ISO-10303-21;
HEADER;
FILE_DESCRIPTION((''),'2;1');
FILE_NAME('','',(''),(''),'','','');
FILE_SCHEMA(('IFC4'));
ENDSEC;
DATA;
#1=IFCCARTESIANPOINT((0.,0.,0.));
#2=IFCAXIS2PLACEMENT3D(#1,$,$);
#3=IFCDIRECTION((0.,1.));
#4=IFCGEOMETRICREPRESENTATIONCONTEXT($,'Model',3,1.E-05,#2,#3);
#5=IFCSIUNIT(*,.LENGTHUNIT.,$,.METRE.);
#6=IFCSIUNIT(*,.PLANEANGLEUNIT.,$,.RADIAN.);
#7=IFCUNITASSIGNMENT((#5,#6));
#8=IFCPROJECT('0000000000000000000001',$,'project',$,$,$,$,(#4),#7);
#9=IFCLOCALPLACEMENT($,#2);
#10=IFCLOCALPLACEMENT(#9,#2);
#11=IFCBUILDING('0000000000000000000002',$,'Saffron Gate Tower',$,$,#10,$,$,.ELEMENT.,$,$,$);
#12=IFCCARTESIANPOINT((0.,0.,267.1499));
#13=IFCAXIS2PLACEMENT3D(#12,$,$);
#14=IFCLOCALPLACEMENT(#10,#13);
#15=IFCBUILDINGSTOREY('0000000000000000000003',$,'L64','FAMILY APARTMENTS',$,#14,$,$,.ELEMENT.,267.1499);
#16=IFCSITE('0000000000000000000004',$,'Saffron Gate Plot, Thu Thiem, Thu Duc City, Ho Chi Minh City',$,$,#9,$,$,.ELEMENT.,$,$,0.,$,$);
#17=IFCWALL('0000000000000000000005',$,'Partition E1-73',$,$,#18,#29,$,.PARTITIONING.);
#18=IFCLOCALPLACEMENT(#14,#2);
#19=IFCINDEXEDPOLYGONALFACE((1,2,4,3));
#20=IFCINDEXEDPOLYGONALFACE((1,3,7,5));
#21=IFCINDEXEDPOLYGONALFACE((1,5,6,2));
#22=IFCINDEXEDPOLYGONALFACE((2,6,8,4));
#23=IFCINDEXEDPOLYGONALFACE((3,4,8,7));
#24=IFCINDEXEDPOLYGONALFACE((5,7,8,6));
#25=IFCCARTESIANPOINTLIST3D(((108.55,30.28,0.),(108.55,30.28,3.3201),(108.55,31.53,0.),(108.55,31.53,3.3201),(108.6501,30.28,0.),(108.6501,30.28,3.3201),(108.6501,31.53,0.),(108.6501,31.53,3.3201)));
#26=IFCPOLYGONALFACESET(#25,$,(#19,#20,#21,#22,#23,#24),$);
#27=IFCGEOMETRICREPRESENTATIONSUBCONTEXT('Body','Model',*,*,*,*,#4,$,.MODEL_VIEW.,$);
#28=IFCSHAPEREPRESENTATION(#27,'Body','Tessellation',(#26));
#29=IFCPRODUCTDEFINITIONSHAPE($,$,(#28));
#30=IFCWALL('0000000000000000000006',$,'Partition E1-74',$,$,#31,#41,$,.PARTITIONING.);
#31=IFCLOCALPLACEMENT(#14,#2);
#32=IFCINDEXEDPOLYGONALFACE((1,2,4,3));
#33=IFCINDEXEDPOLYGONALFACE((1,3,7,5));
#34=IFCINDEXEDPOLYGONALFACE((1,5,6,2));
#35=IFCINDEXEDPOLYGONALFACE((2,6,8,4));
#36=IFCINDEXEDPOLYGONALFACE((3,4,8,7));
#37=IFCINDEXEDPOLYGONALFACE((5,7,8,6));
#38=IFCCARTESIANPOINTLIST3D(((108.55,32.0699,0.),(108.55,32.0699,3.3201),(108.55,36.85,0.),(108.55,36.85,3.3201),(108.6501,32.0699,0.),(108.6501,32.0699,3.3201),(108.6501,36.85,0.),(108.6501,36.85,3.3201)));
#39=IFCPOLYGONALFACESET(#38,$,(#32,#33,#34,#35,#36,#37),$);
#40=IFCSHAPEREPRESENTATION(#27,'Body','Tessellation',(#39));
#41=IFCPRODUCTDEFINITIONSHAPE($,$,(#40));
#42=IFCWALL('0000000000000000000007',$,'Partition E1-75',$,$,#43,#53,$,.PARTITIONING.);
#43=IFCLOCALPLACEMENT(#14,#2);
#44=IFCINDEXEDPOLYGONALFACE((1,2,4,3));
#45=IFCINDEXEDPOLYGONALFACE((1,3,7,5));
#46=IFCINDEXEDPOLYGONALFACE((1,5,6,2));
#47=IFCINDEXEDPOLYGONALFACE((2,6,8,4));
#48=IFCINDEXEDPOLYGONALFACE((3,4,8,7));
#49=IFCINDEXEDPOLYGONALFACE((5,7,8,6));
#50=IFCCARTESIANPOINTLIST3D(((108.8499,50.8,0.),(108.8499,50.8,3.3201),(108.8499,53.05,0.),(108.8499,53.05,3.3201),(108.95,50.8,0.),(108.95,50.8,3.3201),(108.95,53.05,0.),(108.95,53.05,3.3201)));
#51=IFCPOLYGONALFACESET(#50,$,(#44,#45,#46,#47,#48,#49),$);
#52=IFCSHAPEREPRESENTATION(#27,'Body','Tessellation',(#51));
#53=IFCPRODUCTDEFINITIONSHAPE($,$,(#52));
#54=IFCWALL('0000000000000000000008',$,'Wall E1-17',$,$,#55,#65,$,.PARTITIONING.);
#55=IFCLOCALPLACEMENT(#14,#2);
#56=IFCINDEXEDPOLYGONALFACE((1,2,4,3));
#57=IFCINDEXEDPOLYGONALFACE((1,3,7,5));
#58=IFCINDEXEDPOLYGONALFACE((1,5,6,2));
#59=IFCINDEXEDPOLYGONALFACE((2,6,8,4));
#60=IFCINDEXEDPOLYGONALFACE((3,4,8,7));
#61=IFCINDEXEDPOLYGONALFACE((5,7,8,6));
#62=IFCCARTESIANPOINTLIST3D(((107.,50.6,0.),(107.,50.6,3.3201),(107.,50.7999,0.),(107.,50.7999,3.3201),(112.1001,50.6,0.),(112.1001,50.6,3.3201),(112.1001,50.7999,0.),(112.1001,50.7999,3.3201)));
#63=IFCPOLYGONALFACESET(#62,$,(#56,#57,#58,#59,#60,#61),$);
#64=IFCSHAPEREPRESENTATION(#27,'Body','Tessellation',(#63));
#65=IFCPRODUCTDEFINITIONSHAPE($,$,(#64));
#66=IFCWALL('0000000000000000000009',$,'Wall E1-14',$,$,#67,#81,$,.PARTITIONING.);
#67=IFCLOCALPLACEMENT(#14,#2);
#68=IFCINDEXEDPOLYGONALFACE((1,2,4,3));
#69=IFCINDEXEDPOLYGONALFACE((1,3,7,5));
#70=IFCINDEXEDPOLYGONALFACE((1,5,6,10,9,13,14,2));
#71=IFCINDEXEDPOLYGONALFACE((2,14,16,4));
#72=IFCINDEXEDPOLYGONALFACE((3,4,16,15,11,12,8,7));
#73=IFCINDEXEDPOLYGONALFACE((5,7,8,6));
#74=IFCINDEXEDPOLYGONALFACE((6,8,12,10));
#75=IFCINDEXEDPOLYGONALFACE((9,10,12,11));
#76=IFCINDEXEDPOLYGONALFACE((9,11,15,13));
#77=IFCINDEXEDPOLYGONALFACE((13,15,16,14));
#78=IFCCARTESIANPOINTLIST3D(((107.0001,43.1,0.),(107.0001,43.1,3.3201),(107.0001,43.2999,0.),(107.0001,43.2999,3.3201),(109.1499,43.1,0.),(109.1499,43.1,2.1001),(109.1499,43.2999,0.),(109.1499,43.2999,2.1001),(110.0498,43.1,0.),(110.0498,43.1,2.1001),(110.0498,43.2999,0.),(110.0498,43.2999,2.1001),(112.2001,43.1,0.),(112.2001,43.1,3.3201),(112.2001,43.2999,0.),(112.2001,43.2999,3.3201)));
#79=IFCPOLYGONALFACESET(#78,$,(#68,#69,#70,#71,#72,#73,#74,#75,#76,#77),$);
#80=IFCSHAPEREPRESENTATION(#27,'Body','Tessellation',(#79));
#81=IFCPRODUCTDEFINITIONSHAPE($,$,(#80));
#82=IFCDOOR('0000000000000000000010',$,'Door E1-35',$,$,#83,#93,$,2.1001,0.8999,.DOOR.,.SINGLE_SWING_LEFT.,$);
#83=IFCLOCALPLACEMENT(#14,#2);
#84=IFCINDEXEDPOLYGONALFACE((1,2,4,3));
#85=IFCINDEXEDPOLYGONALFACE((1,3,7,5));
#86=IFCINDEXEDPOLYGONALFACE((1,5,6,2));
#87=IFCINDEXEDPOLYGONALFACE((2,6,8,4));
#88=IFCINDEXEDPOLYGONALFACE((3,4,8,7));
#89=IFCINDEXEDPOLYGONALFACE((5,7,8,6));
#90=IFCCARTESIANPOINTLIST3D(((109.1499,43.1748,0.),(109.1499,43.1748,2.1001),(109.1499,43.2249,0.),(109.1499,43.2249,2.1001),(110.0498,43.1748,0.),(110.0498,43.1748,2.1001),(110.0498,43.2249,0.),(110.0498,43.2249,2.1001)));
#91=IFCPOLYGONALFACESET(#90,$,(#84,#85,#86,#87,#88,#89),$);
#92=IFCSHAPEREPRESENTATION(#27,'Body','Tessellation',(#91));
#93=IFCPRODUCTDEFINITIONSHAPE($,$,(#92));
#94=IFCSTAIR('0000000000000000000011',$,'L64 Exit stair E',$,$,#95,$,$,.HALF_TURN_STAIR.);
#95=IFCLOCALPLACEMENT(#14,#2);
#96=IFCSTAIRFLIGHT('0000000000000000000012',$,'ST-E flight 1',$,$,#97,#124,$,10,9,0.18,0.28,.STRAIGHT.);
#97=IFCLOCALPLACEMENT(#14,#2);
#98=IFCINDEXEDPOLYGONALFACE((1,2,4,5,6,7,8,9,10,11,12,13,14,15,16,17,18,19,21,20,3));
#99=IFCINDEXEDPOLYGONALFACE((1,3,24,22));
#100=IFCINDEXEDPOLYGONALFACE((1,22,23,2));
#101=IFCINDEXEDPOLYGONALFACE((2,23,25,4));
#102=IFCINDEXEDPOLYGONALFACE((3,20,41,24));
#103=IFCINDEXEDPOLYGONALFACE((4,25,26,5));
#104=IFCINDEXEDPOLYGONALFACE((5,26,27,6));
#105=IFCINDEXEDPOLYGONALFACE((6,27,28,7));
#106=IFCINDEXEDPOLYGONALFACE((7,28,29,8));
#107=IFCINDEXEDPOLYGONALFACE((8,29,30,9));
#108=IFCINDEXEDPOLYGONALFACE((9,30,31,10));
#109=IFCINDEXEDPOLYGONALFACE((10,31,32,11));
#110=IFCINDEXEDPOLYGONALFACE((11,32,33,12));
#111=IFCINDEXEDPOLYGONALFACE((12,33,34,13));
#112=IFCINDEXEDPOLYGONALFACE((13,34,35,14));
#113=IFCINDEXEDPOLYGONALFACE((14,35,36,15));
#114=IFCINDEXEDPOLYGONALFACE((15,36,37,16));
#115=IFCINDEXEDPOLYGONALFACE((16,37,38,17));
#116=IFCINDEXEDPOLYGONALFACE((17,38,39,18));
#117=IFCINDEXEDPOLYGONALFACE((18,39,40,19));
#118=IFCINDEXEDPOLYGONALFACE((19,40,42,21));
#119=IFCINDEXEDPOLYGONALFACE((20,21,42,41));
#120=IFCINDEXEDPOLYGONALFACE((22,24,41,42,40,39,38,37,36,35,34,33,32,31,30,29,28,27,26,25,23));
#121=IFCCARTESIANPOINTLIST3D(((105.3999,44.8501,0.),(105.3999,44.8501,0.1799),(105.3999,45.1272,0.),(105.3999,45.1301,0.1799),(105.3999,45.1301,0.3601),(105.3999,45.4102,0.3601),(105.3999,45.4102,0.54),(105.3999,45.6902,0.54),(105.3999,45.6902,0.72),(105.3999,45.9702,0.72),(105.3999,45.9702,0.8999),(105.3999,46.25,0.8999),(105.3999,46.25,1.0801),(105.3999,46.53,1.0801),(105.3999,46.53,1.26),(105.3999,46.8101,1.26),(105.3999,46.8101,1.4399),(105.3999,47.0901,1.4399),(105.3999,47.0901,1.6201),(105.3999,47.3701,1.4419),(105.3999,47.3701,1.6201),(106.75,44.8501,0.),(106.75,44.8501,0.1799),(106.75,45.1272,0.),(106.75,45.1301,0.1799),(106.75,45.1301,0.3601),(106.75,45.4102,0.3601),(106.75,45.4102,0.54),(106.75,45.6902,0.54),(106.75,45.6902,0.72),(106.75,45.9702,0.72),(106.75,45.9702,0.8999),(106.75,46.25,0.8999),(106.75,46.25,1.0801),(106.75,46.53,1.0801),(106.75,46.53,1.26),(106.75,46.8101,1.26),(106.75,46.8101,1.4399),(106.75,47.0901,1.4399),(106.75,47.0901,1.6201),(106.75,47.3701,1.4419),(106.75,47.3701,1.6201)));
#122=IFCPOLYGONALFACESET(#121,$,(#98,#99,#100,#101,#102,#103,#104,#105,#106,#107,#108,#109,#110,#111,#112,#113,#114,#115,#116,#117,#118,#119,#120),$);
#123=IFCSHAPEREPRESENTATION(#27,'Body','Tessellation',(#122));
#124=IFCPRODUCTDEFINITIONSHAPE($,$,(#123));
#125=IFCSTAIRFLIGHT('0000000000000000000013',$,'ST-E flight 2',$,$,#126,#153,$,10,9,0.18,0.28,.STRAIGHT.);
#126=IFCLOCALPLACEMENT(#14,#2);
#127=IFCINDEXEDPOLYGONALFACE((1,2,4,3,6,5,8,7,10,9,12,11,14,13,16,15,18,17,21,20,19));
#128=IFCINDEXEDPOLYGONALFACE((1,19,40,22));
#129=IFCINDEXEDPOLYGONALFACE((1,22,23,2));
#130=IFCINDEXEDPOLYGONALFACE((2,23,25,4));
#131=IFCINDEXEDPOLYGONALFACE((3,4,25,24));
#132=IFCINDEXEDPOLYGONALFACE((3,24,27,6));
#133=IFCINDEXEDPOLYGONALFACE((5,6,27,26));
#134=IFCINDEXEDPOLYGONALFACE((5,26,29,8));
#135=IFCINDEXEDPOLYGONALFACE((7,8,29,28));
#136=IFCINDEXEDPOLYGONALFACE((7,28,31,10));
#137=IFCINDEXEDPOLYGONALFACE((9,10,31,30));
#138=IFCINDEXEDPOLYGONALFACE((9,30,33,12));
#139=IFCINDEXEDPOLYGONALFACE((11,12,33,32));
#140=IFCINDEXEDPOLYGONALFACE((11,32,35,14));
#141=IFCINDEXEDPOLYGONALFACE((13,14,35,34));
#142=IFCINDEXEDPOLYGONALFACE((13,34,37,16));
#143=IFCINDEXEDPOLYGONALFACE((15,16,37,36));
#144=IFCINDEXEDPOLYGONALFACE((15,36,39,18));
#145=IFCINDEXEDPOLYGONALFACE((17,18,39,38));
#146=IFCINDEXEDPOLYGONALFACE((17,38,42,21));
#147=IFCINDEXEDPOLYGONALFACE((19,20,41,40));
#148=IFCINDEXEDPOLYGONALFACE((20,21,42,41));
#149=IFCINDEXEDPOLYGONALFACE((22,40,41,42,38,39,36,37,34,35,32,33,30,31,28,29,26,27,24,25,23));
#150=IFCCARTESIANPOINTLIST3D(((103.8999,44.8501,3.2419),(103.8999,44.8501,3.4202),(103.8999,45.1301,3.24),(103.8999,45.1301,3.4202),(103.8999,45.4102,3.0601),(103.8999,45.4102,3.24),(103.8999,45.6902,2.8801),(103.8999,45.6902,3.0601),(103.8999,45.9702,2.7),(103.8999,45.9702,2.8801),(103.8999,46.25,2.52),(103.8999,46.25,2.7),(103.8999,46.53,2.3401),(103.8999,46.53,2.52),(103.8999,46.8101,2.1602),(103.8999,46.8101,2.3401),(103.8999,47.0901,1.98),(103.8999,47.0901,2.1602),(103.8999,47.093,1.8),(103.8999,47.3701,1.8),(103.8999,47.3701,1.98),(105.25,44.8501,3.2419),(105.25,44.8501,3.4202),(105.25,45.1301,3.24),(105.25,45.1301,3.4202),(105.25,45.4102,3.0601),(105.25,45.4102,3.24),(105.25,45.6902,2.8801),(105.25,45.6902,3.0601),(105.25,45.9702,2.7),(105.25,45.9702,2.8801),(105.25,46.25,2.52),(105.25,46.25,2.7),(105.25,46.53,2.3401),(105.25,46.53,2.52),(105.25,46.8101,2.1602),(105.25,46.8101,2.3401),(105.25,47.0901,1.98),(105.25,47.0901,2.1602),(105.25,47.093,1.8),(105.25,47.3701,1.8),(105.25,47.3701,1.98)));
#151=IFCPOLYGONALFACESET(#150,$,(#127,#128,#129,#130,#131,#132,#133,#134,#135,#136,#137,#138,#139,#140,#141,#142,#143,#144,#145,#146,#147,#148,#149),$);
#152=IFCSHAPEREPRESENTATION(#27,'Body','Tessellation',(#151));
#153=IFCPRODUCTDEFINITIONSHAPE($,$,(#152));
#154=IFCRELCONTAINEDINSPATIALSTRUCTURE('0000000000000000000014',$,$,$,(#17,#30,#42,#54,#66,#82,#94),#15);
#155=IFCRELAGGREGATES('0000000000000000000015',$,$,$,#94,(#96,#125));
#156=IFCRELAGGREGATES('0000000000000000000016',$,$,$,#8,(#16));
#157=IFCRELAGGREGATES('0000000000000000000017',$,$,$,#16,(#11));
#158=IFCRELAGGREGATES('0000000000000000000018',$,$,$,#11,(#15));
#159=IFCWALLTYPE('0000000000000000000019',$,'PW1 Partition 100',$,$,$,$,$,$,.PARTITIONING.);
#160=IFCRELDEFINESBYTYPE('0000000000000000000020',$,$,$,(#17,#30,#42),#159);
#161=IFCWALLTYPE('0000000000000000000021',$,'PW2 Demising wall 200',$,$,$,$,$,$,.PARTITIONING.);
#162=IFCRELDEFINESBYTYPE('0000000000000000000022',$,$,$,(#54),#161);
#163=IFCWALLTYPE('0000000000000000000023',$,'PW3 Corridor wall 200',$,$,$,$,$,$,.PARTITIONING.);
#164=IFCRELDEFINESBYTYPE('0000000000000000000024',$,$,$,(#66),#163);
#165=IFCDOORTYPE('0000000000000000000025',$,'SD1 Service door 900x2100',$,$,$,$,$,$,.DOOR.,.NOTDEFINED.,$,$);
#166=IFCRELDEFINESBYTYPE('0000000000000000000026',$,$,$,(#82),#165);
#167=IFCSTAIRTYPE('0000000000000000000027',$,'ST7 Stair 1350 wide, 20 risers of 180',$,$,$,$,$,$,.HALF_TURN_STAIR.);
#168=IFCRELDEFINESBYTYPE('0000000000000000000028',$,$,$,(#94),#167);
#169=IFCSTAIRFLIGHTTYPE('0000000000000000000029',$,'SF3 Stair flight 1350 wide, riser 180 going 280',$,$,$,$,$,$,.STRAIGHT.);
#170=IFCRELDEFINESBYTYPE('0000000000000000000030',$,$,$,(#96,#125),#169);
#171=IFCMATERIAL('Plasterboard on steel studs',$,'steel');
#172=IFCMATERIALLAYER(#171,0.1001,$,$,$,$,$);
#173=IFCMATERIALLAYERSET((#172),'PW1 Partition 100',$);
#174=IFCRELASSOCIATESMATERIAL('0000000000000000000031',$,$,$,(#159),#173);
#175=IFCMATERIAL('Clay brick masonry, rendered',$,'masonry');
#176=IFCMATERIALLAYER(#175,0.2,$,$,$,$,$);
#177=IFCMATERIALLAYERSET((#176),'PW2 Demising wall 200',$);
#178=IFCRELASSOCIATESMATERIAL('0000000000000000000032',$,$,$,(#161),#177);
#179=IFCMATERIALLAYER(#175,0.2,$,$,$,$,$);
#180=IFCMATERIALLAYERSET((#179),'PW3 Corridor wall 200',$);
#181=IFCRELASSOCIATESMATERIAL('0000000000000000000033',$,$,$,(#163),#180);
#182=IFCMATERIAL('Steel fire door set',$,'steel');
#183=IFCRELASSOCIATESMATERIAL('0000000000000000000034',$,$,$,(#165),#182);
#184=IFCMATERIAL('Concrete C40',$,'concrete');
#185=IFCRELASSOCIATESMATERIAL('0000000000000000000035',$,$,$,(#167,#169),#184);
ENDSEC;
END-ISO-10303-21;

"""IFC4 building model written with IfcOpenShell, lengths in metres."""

from ifc_helpers import new_model, si_unit, direction, frame, frame_2d, origin, place, context, subcontext, project, spatial, polyline, rectangle, outline, extrude, material, layer, layer_set, type_object, element, fill, aggregate, save


model = new_model("IFC4")

# Units and contexts
model_context = context("Model", 3, precision=1e-05, world=origin(), true_north=direction((0.0, 1.0)))
body_context = subcontext(model_context, "Body", "Model", "MODEL_VIEW")
ifc_project = project(units=[si_unit("LENGTHUNIT", "METRE"), si_unit("PLANEANGLEUNIT", "RADIAN")], contexts=[model_context])

# Site, building, storey
site_placement = place(None, origin())
site = spatial("IfcSite", under=ifc_project, at=site_placement, Name="Saffron Gate Plot, Thu Thiem, Thu Duc City, Ho Chi Minh City", CompositionType="ELEMENT", RefElevation=0.0)
building_placement = place(site_placement, origin())
building = spatial("IfcBuilding", under=site, at=building_placement, Name="Saffron Gate Tower", CompositionType="ELEMENT")
storey_placement = place(building_placement, frame((0.0, 0.0, 267.1499)))
storey = spatial("IfcBuildingStorey", under=building, at=storey_placement, Name="L64", Description="FAMILY APARTMENTS", CompositionType="ELEMENT", Elevation=267.1499)

# Shared definitions
ifc_material_1 = material(Name="Concrete C40", Category="concrete")

# Shared definitions
ifc_material_2 = material(Name="Steel fire door set", Category="steel")

# Shared definitions
ifc_material_3 = material(Name="Plasterboard on steel studs", Category="steel")
ifc_layer_1 = layer(ifc_material_3, 0.1001)
ifc_layer_set_1 = layer_set([ifc_layer_1], Name="PW1 Partition 100")
wall_type_1 = type_object("IfcWallType", Name="PW1 Partition 100", PredefinedType="PARTITIONING", material=ifc_layer_set_1)

# Walls
wall_1_placement = place(storey_placement, frame((108.6001, 31.53, 0.0), z_axis=(0.0, 0.0, 1.0), x_axis=(0.0, -1.0, 0.0)))
element("IfcWall", 1, at=wall_1_placement, inside=storey, type_object=wall_type_1, Name="Partition E1-73", PredefinedType="PARTITIONING", context=body_context, shape_type="SweptSolid", body=[
    extrude(rectangle(XDim=1.25, YDim=0.1001, at=frame_2d((0.625, 0.0))), origin(), (0.0, 0.0, 1.0), 3.3201),
])
wall_2_placement = place(storey_placement, frame((108.6001, 36.8501, 0.0), z_axis=(0.0, 0.0, 1.0), x_axis=(0.0, -1.0, 0.0)))
element("IfcWall", 2, at=wall_2_placement, inside=storey, type_object=wall_type_1, Name="Partition E1-74", PredefinedType="PARTITIONING", context=body_context, shape_type="SweptSolid", body=[
    extrude(rectangle(XDim=4.78, YDim=0.1001, at=frame_2d((2.3901, 0.0))), origin(), (0.0, 0.0, 1.0), 3.3201),
])
wall_3_placement = place(storey_placement, frame((108.8999, 53.05, 0.0), z_axis=(0.0, 0.0, 1.0), x_axis=(0.0, -1.0, 0.0)))
element("IfcWall", 3, at=wall_3_placement, inside=storey, type_object=wall_type_1, Name="Partition E1-75", PredefinedType="PARTITIONING", context=body_context, shape_type="SweptSolid", body=[
    extrude(rectangle(XDim=2.25, YDim=0.1001, at=frame_2d((1.125, 0.0))), origin(), (0.0, 0.0, 1.0), 3.3201),
])
ifc_material_4 = material(Name="Clay brick masonry, rendered", Category="masonry")
ifc_layer_2 = layer(ifc_material_4, 0.2)
ifc_layer_set_2 = layer_set([ifc_layer_2], Name="PW2 Demising wall 200")
wall_type_2 = type_object("IfcWallType", Name="PW2 Demising wall 200", PredefinedType="PARTITIONING", material=ifc_layer_set_2)
wall_4_placement = place(storey_placement, frame((107.0, 50.7, 0.0), z_axis=(0.0, 0.0, 1.0), x_axis=(1.0, 0.0, 0.0)))
element("IfcWall", 4, at=wall_4_placement, inside=storey, type_object=wall_type_2, Name="Wall E1-17", PredefinedType="PARTITIONING", context=body_context, shape_type="SweptSolid", body=[
    extrude(rectangle(XDim=5.1001, YDim=0.2, at=frame_2d((2.55, 0.0))), origin(), (0.0, 0.0, 1.0), 3.3201),
])

# Wall, opening, door
ifc_layer_3 = layer(ifc_material_4, 0.2)
ifc_layer_set_3 = layer_set([ifc_layer_3], Name="PW3 Corridor wall 200")
wall_type_3 = type_object("IfcWallType", Name="PW3 Corridor wall 200", PredefinedType="PARTITIONING", material=ifc_layer_set_3)
wall_5_placement = place(storey_placement, frame((107.0, 43.2, 0.0), z_axis=(0.0, 0.0, 1.0), x_axis=(1.0, 0.0, 0.0)))
wall_5 = element("IfcWall", 5, at=wall_5_placement, inside=storey, type_object=wall_type_3, Name="Wall E1-14", PredefinedType="PARTITIONING", context=body_context, shape_type="SweptSolid", body=[
    extrude(rectangle(XDim=5.2, YDim=0.2, at=frame_2d((2.6001, 0.0))), origin(), (0.0, 0.0, 1.0), 3.3201),
])
opening_1_placement = place(wall_5_placement, frame((2.1499, 0.0, 0.0)))
opening_1 = element("IfcOpeningElement", 6, at=opening_1_placement, cuts=wall_5, PredefinedType="OPENING", context=body_context, shape_type="SweptSolid", body=[
    extrude(rectangle(XDim=0.8999, YDim=2.1001, at=frame_2d((0.45, 1.05))), frame((0.0, 0.1099, 0.0), z_axis=(0.0, -1.0, 0.0), x_axis=(1.0, 0.0, 0.0)), (0.0, 0.0, 1.0), 0.22),
])
door_type_1 = type_object("IfcDoorType", Name="SD1 Service door 900x2100", OperationType="NOTDEFINED", PredefinedType="DOOR", material=ifc_material_2)
door_1_placement = place(opening_1_placement, origin())
door_1 = element("IfcDoor", 7, at=door_1_placement, inside=storey, type_object=door_type_1, Name="Door E1-35", OperationType="SINGLE_SWING_LEFT", OverallHeight=2.1001, OverallWidth=0.8999, PredefinedType="DOOR", context=body_context, shape_type="SweptSolid", body=[
    extrude(rectangle(XDim=0.8999, YDim=2.1001, at=frame_2d((0.45, 1.05))), frame((0.0, 0.0249, 0.0), z_axis=(0.0, -1.0, 0.0), x_axis=(1.0, 0.0, 0.0)), (0.0, 0.0, 1.0), 0.05),
])
fill(opening_1, door_1)

# Stair, stair flights
stair_type = type_object("IfcStairType", Name="ST7 Stair 1350 wide, 20 risers of 180", PredefinedType="HALF_TURN_STAIR", material=ifc_material_1)
stair_placement = place(storey_placement, origin())
stair = element("IfcStair", 8, at=stair_placement, inside=storey, type_object=stair_type, Name="L64 Exit stair E", PredefinedType="HALF_TURN_STAIR")
stair_flight_type = type_object("IfcStairFlightType", Name="SF3 Stair flight 1350 wide, riser 180 going 280", PredefinedType="STRAIGHT", material=ifc_material_1)
stair_flight_1_placement = place(storey_placement, frame((106.075, 44.8501, 0.0), z_axis=(0.0, 0.0, 1.0), x_axis=(0.0, 1.0, 0.0)))
stair_flight_1 = element("IfcStairFlight", 9, at=stair_flight_1_placement, type_object=stair_flight_type, Name="ST-E flight 1", NumberOfRisers=10, NumberOfTreads=9, PredefinedType="STRAIGHT", RiserHeight=0.18, TreadLength=0.28, context=body_context, shape_type="SweptSolid", body=[
    extrude(outline(polyline([(0.0, 0.0), (0.0, 0.1799), (0.28, 0.1799), (0.28, 0.3601), (0.5601, 0.3601), (0.5601, 0.54), (0.8401, 0.54), (0.8401, 0.72), (1.1201, 0.72), (1.1201, 0.8999), (1.3999, 0.8999), (1.3999, 1.0801), (1.6799, 1.0801), (1.6799, 1.26), (1.96, 1.26), (1.96, 1.4399), (2.24, 1.4399), (2.24, 1.6201), (2.52, 1.6201), (2.52, 1.8), (2.52, 1.4419), (0.2771, 0.0), (0.0, 0.0)])), frame((0.0, 0.675, 0.0), z_axis=(0.0, -1.0, 0.0), x_axis=(1.0, 0.0, 0.0)), (0.0, 0.0, 1.0), 1.3501),
])
stair_flight_2_placement = place(storey_placement, frame((104.575, 47.3701, 1.8), z_axis=(0.0, 0.0, 1.0), x_axis=(0.0, -1.0, 0.0)))
stair_flight_2 = element("IfcStairFlight", 10, at=stair_flight_2_placement, type_object=stair_flight_type, Name="ST-E flight 2", NumberOfRisers=10, NumberOfTreads=9, PredefinedType="STRAIGHT", RiserHeight=0.18, TreadLength=0.28, context=body_context, shape_type="SweptSolid", body=[
    extrude(outline(polyline([(0.0, 0.0), (0.0, 0.1799), (0.28, 0.1799), (0.28, 0.3601), (0.5601, 0.3601), (0.5601, 0.54), (0.8401, 0.54), (0.8401, 0.72), (1.1201, 0.72), (1.1201, 0.8999), (1.3999, 0.8999), (1.3999, 1.0801), (1.6799, 1.0801), (1.6799, 1.26), (1.96, 1.26), (1.96, 1.4399), (2.24, 1.4399), (2.24, 1.6201), (2.52, 1.6201), (2.52, 1.8), (2.52, 1.4419), (0.2771, 0.0), (0.0, 0.0)])), frame((0.0, 0.675, 0.0), z_axis=(0.0, -1.0, 0.0), x_axis=(1.0, 0.0, 0.0)), (0.0, 0.0, 1.0), 1.3501),
])
aggregate(stair, [stair_flight_1, stair_flight_2])

save(model, "model.ifc")
